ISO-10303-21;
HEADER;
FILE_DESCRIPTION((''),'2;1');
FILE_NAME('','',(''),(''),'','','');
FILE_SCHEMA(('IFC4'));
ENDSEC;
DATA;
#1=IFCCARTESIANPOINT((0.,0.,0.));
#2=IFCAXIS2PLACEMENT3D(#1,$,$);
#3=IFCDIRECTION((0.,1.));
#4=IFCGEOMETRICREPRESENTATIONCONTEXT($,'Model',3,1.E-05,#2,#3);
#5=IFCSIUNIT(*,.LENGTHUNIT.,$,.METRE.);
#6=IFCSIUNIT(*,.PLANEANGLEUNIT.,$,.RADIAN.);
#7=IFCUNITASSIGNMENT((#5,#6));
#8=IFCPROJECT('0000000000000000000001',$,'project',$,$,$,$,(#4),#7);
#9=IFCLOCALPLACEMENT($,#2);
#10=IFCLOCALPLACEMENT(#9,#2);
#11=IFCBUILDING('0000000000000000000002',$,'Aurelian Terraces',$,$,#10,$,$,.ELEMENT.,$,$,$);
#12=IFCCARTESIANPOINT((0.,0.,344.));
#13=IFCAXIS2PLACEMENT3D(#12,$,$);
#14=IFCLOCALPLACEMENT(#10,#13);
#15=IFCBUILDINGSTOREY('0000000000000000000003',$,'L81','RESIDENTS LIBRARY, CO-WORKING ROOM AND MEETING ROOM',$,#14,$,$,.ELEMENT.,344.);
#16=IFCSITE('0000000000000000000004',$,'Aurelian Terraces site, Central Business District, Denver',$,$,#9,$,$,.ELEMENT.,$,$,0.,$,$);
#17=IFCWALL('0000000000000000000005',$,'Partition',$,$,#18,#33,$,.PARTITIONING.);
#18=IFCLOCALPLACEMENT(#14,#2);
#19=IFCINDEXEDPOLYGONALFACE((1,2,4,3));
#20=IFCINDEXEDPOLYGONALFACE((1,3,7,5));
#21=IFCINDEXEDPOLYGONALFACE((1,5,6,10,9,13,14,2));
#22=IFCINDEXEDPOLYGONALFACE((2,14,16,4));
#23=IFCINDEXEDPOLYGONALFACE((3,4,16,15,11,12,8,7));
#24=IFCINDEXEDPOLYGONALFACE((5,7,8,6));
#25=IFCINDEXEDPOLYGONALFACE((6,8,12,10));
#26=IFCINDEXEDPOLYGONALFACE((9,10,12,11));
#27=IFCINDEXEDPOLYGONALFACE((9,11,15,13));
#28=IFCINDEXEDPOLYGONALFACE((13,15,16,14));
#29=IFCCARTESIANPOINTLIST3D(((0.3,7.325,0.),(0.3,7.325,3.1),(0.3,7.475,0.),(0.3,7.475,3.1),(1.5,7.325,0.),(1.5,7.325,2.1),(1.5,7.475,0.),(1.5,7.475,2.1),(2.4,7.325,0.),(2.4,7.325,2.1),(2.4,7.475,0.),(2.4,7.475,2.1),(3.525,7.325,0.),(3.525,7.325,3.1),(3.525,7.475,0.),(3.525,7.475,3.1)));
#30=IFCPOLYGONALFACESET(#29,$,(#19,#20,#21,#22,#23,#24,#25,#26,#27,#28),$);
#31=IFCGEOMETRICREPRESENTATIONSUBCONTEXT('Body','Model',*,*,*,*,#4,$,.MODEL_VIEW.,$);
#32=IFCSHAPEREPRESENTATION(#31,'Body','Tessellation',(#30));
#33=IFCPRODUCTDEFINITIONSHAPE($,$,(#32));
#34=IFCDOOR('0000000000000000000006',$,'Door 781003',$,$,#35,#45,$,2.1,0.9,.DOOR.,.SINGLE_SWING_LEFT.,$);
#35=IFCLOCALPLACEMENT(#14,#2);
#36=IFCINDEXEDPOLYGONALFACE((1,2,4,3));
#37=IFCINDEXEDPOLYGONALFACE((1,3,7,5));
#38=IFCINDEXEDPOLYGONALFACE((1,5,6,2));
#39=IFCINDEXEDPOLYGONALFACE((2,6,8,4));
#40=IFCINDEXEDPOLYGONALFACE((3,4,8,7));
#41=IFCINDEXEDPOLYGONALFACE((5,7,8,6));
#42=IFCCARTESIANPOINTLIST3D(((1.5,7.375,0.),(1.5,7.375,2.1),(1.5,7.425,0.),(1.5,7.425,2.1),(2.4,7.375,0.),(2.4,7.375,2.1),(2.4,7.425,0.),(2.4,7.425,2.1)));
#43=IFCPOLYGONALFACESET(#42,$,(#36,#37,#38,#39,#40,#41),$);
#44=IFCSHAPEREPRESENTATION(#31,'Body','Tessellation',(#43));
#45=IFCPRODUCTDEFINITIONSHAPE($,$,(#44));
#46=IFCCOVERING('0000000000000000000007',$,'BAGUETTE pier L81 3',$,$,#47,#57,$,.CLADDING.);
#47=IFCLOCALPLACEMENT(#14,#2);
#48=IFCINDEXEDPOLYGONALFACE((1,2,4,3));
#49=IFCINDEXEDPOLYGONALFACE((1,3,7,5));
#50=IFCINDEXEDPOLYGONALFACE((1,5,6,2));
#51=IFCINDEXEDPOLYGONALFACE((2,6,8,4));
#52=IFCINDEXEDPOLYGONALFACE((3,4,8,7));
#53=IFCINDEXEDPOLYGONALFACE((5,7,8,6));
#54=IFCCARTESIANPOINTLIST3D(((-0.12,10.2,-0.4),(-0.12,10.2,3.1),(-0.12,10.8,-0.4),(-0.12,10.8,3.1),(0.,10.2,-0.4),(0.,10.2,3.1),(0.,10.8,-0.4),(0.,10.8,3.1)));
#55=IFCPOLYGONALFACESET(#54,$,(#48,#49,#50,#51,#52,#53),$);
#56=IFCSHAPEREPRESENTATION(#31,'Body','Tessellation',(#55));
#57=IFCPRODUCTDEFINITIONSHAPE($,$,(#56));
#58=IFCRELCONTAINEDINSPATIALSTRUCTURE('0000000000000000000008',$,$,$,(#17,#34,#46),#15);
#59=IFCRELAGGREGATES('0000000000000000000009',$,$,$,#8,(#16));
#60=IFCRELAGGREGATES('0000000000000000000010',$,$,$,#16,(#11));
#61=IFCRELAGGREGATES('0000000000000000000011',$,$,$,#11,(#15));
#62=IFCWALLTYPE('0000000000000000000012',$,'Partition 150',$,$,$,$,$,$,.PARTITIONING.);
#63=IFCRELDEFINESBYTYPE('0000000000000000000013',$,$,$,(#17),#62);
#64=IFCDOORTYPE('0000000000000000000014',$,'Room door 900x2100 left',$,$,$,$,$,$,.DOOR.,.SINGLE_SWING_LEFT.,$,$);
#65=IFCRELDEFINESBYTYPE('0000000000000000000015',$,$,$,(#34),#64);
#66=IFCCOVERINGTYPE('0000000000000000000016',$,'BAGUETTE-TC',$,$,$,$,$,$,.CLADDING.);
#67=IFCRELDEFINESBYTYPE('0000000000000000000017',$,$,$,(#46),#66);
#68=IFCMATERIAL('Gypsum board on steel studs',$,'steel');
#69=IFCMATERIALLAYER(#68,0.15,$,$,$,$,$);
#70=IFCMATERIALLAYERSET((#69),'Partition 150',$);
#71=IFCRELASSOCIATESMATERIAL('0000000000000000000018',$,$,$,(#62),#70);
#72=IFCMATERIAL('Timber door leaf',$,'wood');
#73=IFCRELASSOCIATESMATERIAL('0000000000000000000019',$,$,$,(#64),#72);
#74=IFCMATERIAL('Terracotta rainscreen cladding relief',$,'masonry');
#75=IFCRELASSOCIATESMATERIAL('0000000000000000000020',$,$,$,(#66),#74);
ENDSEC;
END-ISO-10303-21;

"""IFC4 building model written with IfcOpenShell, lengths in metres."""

from ifc_helpers import new_model, si_unit, direction, frame, frame_2d, origin, origin_2d, place, context, subcontext, project, spatial, rectangle, extrude, source, transform, mapped, material, layer, layer_set, type_object, element, fill, save


model = new_model("IFC4")

# Units and contexts
model_context = context("Model", 3, precision=1e-05, world=origin(), true_north=direction((0.0, 1.0)))
body_context = subcontext(model_context, "Body", "Model", "MODEL_VIEW")
ifc_project = project(units=[si_unit("LENGTHUNIT", "METRE"), si_unit("PLANEANGLEUNIT", "RADIAN")], contexts=[model_context])

# Site, building, storey
site_placement = place(None, origin())
site = spatial("IfcSite", under=ifc_project, at=site_placement, Name="Aurelian Terraces site, Central Business District, Denver", CompositionType="ELEMENT", RefElevation=0.0)
building_placement = place(site_placement, origin())
building = spatial("IfcBuilding", under=site, at=building_placement, Name="Aurelian Terraces", CompositionType="ELEMENT")
storey_placement = place(building_placement, frame((0.0, 0.0, 344.0)))
storey = spatial("IfcBuildingStorey", under=building, at=storey_placement, Name="L81", Description="RESIDENTS LIBRARY, CO-WORKING ROOM AND MEETING ROOM", CompositionType="ELEMENT", Elevation=344.0)

# Shared definitions
shared_shape_1 = source(origin(), body_context, "Body", "SweptSolid", [
    extrude(rectangle(XDim=0.9, YDim=2.1, at=frame_2d((0.45, 1.05))), frame((0.0, 0.025, 0.0), z_axis=(0.0, -1.0, 0.0), x_axis=(1.0, 0.0, 0.0)), (0.0, 0.0, 1.0), 0.05),
])

# Wall, opening, door
ifc_material_1 = material(Name="Gypsum board on steel studs", Category="steel")
ifc_layer_1 = layer(ifc_material_1, 0.15)
ifc_layer_set_1 = layer_set([ifc_layer_1], Name="Partition 150")
wall_type_1 = type_object("IfcWallType", Name="Partition 150", PredefinedType="PARTITIONING", material=ifc_layer_set_1)
shared_shape_2 = source(origin(), body_context, "Body", "SweptSolid", [
    extrude(rectangle(XDim=3.225, YDim=0.15, at=frame_2d((1.6125, 0.0))), origin(), (0.0, 0.0, 1.0), 3.1),
])
wall_1_placement = place(storey_placement, frame((0.3, 7.4, 0.0), z_axis=(0.0, 0.0, 1.0), x_axis=(1.0, 0.0, 0.0)))
wall_1 = element("IfcWall", 1, at=wall_1_placement, inside=storey, type_object=wall_type_1, Name="Partition", PredefinedType="PARTITIONING", context=body_context, shape_type="MappedRepresentation", body=[
    mapped(shared_shape_2, transform((0.0, 0.0, 0.0), scale=1.0)),
])
shared_shape_3 = source(origin(), body_context, "Body", "SweptSolid", [
    extrude(rectangle(XDim=0.9, YDim=2.1, at=frame_2d((0.45, 1.05))), frame((0.0, 0.085, 0.0), z_axis=(0.0, -1.0, 0.0), x_axis=(1.0, 0.0, 0.0)), (0.0, 0.0, 1.0), 0.17),
])
opening_1_placement = place(wall_1_placement, frame((1.2, 0.0, 0.0)))
opening_1 = element("IfcOpeningElement", 2, at=opening_1_placement, cuts=wall_1, PredefinedType="OPENING", context=body_context, shape_type="MappedRepresentation", body=[
    mapped(shared_shape_3, transform((0.0, 0.0, 0.0), scale=1.0)),
])
ifc_material_2 = material(Name="Timber door leaf", Category="wood")
door_type_1 = type_object("IfcDoorType", Name="Room door 900x2100 left", OperationType="SINGLE_SWING_LEFT", PredefinedType="DOOR", material=ifc_material_2)
door_1_placement = place(opening_1_placement, origin())
door_1 = element("IfcDoor", 3, at=door_1_placement, inside=storey, type_object=door_type_1, Name="Door 781003", OperationType="SINGLE_SWING_LEFT", OverallHeight=2.1, OverallWidth=0.9, PredefinedType="DOOR", context=body_context, shape_type="MappedRepresentation", body=[
    mapped(shared_shape_1, transform((0.0, 0.0, 0.0), scale=1.0)),
])
fill(opening_1, door_1)

# Covering
ifc_material_3 = material(Name="Terracotta rainscreen cladding relief", Category="masonry")
covering_type = type_object("IfcCoveringType", Name="BAGUETTE-TC", PredefinedType="CLADDING", material=ifc_material_3)
shared_shape_4 = source(origin(), body_context, "Body", "SweptSolid", [
    extrude(rectangle(XDim=0.12, YDim=0.6, at=origin_2d()), origin(), (0.0, 0.0, 1.0), 3.5),
])
covering_placement = place(storey_placement, frame((-0.06, 10.5, -0.4), z_axis=(0.0, 0.0, 1.0), x_axis=(1.0, 0.0, 0.0)))
element("IfcCovering", 4, at=covering_placement, inside=storey, type_object=covering_type, Name="BAGUETTE pier L81 3", PredefinedType="CLADDING", context=body_context, shape_type="MappedRepresentation", body=[
    mapped(shared_shape_4, transform((0.0, 0.0, 0.0), scale=1.0)),
])

save(model, "model.ifc")
